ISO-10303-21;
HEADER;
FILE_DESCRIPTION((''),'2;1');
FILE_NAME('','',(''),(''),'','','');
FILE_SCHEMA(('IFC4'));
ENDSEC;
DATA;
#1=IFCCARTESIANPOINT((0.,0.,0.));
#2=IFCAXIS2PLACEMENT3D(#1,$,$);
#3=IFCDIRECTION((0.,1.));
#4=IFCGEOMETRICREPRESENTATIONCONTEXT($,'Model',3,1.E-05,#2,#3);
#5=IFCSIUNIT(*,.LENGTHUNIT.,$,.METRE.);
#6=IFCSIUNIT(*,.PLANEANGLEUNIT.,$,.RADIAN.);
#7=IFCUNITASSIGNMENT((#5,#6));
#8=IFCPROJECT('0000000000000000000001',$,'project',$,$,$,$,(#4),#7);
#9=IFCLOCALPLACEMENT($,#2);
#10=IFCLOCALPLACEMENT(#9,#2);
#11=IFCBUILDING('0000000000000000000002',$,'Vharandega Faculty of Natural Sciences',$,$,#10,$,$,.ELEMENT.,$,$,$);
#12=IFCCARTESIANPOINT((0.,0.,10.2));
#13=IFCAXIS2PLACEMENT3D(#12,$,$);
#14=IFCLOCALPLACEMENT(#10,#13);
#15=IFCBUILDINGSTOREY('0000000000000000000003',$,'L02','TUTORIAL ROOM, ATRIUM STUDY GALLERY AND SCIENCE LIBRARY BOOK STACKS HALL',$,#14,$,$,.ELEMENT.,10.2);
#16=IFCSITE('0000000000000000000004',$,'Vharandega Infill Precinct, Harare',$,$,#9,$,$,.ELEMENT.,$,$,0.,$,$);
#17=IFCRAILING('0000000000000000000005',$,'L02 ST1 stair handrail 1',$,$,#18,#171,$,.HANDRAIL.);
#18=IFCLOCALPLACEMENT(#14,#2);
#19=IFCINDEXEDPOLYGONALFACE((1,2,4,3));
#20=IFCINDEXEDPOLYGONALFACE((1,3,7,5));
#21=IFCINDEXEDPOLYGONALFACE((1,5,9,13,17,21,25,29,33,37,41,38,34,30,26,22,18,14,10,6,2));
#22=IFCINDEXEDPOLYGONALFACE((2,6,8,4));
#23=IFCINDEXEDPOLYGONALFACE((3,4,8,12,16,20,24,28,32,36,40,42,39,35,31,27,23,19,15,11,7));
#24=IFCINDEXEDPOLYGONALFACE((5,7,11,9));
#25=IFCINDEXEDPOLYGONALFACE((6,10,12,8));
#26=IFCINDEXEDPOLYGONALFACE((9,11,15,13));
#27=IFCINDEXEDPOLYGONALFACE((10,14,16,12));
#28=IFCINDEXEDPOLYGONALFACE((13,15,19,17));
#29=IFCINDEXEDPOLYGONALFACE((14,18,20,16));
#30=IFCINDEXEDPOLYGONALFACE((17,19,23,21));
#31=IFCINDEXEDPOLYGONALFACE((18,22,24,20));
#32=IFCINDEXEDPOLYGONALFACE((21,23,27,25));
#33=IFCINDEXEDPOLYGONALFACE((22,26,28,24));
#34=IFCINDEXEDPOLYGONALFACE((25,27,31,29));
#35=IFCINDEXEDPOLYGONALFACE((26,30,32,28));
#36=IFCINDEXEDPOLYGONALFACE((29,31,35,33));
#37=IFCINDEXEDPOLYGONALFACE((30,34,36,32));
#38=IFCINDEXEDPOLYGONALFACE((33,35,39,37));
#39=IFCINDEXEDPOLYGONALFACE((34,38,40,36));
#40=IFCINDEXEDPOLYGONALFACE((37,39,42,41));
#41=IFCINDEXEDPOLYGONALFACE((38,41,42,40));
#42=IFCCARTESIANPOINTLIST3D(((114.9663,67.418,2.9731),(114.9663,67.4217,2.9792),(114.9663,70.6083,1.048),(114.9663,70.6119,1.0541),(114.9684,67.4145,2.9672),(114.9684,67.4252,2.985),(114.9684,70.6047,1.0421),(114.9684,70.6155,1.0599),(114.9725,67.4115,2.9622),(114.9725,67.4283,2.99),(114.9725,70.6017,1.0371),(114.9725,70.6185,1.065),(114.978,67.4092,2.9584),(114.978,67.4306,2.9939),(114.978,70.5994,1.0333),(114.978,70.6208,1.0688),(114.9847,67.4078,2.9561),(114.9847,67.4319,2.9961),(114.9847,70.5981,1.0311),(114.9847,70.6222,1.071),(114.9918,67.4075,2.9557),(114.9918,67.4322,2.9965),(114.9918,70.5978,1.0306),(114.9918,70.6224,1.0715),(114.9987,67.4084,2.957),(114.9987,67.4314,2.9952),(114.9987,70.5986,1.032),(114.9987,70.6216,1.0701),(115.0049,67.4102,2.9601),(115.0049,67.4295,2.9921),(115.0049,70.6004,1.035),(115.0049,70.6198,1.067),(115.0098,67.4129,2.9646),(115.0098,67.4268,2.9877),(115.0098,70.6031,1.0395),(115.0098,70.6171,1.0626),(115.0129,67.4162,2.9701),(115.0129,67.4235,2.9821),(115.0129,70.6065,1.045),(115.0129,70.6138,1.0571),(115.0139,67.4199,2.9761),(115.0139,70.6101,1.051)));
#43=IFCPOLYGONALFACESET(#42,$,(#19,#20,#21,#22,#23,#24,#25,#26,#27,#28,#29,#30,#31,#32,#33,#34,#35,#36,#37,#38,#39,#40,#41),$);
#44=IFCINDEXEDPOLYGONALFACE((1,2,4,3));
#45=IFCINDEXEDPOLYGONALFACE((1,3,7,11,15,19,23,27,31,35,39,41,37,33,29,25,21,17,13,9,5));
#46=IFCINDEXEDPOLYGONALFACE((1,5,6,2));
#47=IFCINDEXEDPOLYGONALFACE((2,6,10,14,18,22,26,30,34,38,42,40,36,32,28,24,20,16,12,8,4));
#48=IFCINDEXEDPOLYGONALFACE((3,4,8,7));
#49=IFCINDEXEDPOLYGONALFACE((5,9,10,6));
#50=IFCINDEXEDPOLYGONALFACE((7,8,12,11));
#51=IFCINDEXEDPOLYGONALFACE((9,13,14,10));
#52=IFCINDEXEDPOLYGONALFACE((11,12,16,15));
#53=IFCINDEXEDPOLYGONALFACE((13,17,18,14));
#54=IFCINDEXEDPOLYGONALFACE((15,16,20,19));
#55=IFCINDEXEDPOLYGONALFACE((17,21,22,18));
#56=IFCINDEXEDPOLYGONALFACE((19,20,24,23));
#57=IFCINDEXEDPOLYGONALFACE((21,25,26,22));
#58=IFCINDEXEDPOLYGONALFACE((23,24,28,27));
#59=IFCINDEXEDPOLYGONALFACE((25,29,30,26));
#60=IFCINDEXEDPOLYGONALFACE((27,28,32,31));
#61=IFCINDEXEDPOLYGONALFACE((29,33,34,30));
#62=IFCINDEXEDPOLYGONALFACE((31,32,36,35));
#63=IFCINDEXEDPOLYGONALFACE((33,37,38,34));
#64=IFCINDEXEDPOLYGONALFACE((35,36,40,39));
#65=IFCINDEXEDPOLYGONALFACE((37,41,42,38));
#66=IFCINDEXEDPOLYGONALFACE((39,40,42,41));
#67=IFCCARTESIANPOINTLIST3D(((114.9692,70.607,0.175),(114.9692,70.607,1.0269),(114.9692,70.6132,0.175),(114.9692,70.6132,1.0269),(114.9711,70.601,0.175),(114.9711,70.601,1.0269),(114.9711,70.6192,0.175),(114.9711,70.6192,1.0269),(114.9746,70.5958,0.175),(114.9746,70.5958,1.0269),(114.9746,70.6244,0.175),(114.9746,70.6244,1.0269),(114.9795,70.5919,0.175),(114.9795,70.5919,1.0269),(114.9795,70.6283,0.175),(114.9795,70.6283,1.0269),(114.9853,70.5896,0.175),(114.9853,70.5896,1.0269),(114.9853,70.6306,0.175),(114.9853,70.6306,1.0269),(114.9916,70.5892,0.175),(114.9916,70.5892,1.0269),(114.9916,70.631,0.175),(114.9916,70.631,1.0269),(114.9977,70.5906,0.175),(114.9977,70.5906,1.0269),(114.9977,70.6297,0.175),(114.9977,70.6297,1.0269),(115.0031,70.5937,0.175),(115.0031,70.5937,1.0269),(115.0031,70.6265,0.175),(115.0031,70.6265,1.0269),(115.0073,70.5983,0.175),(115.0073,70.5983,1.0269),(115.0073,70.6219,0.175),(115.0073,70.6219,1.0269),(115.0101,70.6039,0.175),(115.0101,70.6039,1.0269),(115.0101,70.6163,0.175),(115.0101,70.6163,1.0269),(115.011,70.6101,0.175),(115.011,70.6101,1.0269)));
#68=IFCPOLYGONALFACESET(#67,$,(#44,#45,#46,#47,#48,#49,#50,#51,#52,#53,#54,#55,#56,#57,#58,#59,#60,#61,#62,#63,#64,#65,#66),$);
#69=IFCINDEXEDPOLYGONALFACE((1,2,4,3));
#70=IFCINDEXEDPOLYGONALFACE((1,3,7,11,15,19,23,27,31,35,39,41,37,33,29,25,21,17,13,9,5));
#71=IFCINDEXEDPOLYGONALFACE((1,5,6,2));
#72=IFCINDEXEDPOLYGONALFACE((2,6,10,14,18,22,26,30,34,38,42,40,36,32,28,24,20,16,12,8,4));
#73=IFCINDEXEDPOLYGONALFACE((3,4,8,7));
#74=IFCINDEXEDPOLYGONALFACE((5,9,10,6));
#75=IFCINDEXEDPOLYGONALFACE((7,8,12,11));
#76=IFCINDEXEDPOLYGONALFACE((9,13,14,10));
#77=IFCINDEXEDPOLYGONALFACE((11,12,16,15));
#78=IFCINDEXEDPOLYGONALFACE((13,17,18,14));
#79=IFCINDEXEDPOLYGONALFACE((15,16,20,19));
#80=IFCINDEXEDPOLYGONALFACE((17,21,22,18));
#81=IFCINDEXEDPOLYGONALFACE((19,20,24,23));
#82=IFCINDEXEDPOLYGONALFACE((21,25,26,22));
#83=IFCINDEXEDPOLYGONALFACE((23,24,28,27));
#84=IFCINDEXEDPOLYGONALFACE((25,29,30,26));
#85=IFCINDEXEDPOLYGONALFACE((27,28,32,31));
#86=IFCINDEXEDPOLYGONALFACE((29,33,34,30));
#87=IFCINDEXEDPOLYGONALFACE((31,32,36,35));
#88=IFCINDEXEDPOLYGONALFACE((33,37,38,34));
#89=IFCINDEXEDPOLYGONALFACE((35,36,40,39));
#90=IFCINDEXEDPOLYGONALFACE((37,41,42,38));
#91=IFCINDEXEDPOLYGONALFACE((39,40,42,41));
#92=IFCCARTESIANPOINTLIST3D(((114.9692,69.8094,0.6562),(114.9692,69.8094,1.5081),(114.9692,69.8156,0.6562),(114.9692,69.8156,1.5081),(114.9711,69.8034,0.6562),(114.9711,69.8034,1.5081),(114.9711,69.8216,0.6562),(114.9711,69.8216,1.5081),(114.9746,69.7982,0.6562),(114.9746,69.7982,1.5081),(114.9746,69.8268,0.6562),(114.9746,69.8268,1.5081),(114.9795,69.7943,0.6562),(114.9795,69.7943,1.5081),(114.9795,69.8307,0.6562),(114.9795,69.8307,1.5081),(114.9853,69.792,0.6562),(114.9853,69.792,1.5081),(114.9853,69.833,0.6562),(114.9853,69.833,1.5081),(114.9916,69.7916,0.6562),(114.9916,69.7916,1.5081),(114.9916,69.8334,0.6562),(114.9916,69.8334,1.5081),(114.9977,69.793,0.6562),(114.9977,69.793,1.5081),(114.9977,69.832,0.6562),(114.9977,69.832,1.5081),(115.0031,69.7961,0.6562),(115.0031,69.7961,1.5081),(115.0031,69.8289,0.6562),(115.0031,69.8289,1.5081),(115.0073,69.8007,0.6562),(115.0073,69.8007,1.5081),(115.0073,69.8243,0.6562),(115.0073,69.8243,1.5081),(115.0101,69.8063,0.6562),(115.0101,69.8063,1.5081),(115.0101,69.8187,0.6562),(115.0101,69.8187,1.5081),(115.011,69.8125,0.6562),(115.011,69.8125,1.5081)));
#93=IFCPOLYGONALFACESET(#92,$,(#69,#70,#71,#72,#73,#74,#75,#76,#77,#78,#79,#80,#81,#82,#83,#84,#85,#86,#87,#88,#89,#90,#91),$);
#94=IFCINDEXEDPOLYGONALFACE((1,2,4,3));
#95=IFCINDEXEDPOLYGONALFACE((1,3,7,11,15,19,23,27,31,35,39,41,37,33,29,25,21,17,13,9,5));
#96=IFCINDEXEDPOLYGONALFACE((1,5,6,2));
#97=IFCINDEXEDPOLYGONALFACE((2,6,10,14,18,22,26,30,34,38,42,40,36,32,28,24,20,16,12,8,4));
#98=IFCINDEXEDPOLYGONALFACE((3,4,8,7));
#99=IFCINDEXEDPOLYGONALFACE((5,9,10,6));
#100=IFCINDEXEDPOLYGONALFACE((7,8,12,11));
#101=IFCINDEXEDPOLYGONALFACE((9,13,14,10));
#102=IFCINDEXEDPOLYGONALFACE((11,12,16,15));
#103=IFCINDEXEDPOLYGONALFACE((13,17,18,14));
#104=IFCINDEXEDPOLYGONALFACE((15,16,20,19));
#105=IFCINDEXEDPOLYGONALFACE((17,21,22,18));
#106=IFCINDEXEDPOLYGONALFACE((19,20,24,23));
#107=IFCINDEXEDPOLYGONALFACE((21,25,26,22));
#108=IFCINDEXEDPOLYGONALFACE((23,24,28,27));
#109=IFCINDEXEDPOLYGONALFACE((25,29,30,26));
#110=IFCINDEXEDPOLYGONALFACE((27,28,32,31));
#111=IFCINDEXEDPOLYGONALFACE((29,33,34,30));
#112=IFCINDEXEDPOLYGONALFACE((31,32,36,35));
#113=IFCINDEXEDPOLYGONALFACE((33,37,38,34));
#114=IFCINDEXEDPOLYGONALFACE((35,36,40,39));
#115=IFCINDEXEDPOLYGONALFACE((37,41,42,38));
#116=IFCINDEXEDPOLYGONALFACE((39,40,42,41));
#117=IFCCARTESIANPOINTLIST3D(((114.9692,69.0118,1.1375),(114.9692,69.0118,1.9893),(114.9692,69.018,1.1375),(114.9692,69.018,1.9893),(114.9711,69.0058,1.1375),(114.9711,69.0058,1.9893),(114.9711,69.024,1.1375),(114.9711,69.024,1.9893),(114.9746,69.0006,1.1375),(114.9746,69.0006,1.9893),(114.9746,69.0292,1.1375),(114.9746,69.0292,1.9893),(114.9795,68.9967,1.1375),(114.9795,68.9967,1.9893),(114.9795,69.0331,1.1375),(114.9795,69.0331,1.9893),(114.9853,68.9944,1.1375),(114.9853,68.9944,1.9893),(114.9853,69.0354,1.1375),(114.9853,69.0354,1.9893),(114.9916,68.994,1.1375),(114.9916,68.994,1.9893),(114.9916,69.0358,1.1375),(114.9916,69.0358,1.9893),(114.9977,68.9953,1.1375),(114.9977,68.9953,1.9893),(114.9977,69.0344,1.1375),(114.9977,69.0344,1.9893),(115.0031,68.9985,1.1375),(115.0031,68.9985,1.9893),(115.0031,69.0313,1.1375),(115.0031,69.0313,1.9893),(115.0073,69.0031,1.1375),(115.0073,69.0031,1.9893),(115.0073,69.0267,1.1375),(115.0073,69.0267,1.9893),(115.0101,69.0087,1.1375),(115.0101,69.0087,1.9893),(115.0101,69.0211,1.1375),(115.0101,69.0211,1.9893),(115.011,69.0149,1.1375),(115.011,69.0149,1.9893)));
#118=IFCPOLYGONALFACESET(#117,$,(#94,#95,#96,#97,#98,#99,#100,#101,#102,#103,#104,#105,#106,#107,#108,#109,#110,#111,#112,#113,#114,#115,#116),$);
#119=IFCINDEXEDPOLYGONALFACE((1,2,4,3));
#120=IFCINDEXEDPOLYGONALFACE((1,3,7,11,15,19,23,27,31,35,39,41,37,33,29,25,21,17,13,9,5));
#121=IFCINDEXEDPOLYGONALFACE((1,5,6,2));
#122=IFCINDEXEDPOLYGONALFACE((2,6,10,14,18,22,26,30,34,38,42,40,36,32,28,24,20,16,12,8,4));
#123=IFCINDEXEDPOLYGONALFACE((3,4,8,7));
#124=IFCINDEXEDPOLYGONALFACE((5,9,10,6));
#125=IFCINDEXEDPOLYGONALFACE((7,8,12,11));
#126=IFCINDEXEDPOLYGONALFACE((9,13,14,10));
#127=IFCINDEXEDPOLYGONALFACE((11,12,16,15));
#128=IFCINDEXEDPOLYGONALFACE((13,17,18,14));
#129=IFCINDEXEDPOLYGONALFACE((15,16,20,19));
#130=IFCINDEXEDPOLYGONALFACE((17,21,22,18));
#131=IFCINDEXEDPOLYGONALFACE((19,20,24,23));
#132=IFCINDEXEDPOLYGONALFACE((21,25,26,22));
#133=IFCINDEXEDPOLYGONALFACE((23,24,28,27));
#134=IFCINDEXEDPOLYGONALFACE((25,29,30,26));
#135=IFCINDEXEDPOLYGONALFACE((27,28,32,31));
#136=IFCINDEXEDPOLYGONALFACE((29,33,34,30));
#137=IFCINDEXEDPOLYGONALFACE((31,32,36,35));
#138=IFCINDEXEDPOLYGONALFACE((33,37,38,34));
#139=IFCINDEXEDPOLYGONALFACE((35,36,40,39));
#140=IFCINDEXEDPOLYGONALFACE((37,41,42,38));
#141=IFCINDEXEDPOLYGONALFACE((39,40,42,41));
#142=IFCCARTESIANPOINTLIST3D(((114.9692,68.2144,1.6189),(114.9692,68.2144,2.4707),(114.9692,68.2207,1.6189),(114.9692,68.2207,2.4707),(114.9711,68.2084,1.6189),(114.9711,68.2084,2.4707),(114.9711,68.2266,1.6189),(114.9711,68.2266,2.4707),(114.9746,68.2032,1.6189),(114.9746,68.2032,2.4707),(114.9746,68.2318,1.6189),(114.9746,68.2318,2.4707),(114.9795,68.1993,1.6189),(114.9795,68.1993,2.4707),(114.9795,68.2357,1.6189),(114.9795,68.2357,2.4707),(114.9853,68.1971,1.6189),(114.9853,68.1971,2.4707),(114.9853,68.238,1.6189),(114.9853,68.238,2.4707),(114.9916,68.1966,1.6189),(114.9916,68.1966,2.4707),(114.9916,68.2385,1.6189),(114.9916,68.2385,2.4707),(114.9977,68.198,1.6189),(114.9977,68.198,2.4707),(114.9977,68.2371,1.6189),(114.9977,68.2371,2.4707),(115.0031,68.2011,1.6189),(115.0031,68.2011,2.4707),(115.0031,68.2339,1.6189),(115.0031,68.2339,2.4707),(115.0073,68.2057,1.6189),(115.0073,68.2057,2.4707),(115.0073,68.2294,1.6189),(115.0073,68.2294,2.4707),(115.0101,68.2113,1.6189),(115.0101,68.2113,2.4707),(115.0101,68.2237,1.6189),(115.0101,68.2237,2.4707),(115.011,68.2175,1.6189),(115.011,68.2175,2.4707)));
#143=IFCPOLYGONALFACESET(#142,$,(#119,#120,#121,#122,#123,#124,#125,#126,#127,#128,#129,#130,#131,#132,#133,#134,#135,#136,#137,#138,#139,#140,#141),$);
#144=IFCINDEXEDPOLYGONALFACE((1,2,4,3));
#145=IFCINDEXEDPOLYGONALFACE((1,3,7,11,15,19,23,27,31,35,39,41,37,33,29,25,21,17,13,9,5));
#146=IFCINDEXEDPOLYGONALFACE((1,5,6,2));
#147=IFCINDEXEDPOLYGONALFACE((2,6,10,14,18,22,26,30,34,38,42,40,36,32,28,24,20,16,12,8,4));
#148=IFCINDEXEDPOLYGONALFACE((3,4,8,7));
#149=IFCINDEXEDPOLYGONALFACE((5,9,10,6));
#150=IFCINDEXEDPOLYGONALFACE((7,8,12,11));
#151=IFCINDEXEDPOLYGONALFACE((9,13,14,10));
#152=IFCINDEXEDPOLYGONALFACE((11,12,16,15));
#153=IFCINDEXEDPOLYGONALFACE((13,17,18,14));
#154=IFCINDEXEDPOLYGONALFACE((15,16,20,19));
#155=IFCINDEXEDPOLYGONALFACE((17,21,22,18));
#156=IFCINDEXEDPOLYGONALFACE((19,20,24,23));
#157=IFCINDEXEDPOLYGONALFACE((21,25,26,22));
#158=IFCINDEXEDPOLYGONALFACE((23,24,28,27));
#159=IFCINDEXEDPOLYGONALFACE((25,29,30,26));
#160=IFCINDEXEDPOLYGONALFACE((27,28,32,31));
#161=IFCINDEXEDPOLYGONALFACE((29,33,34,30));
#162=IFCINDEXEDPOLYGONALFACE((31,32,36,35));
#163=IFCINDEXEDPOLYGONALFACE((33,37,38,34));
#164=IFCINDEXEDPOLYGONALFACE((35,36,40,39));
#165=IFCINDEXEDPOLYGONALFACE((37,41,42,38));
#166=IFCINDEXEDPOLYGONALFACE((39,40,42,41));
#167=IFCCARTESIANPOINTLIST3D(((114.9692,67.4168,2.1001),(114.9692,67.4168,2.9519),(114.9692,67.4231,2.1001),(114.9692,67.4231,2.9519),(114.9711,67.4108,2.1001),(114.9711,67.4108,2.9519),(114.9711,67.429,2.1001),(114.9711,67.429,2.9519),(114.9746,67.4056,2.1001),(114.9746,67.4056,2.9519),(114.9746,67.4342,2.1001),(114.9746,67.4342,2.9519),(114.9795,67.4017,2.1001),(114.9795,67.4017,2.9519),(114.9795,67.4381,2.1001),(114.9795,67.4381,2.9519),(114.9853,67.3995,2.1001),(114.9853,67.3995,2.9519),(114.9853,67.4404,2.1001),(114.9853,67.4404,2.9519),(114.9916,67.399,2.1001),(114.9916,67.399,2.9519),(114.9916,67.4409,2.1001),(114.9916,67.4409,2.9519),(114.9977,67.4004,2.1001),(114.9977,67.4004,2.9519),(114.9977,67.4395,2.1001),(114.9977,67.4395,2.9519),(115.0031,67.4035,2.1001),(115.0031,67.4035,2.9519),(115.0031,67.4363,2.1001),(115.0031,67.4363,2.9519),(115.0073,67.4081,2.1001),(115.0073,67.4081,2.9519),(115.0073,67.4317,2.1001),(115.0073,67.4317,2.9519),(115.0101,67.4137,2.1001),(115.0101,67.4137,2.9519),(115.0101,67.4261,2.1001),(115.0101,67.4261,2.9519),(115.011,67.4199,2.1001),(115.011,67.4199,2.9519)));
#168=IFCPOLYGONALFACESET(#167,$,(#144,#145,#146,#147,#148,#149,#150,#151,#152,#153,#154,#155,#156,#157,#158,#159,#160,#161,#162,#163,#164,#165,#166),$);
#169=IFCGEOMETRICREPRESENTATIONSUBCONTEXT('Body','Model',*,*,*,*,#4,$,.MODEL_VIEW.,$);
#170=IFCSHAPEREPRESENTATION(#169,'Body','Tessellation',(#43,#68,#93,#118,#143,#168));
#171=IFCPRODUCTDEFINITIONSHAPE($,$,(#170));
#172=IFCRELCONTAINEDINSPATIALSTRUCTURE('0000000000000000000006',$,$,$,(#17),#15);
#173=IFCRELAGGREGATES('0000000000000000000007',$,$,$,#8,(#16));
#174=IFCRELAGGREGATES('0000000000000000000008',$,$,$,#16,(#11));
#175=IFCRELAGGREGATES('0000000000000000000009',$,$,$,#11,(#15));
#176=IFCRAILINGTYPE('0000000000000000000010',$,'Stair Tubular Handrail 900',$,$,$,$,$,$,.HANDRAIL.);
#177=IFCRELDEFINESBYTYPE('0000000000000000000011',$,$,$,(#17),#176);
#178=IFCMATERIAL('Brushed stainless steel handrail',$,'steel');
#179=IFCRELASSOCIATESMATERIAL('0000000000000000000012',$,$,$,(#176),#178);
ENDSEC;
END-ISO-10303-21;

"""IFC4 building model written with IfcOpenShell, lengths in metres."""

from ifc_helpers import new_model, si_unit, direction, frame, origin, origin_2d, place, context, subcontext, project, spatial, circle, extrude, material, type_object, element, save


model = new_model("IFC4")

# Units and contexts
model_context = context("Model", 3, precision=1e-05, world=origin(), true_north=direction((0.0, 1.0)))
body_context = subcontext(model_context, "Body", "Model", "MODEL_VIEW")
ifc_project = project(units=[si_unit("LENGTHUNIT", "METRE"), si_unit("PLANEANGLEUNIT", "RADIAN")], contexts=[model_context])

# Site, building, storey
site_placement = place(None, origin())
site = spatial("IfcSite", under=ifc_project, at=site_placement, Name="Vharandega Infill Precinct, Harare", CompositionType="ELEMENT", RefElevation=0.0)
building_placement = place(site_placement, origin())
building = spatial("IfcBuilding", under=site, at=building_placement, Name="Vharandega Faculty of Natural Sciences", CompositionType="ELEMENT")
storey_placement = place(building_placement, frame((0.0, 0.0, 10.2)))
storey = spatial("IfcBuildingStorey", under=building, at=storey_placement, Name="L02", Description="TUTORIAL ROOM, ATRIUM STUDY GALLERY AND SCIENCE LIBRARY BOOK STACKS HALL", CompositionType="ELEMENT", Elevation=10.2)

# Railing
ifc_material_1 = material(Name="Brushed stainless steel handrail", Category="steel")
railing_type_1 = type_object("IfcRailingType", Name="Stair Tubular Handrail 900", PredefinedType="HANDRAIL", material=ifc_material_1)
railing_1_placement = place(storey_placement, frame((114.99, 70.6101, 0.175)))
element("IfcRailing", 1, at=railing_1_placement, inside=storey, type_object=railing_type_1, Name="L02 ST1 stair handrail 1", PredefinedType="HANDRAIL", context=body_context, shape_type="SweptSolid", body=[
    extrude(circle(Radius=0.0239, at=origin_2d()), frame((0.0, 0.0, 0.876), z_axis=(0.0, -0.856195, 0.516653), x_axis=(1.0, 0.0, 0.0)), (0.0, 0.0, 1.0), 3.7261),
    extrude(circle(Radius=0.021, at=origin_2d()), origin(), (0.0, 0.0, 1.0), 0.8518),
    extrude(circle(Radius=0.021, at=origin_2d()), frame((0.0, -0.7976, 0.4812)), (0.0, 0.0, 1.0), 0.8518),
    extrude(circle(Radius=0.021, at=origin_2d()), frame((0.0, -1.5952, 0.9624)), (0.0, 0.0, 1.0), 0.8518),
    extrude(circle(Radius=0.021, at=origin_2d()), frame((0.0, -2.3926, 1.4438)), (0.0, 0.0, 1.0), 0.8518),
    extrude(circle(Radius=0.021, at=origin_2d()), frame((0.0, -3.1902, 1.925)), (0.0, 0.0, 1.0), 0.8518),
])

save(model, "model.ifc")
